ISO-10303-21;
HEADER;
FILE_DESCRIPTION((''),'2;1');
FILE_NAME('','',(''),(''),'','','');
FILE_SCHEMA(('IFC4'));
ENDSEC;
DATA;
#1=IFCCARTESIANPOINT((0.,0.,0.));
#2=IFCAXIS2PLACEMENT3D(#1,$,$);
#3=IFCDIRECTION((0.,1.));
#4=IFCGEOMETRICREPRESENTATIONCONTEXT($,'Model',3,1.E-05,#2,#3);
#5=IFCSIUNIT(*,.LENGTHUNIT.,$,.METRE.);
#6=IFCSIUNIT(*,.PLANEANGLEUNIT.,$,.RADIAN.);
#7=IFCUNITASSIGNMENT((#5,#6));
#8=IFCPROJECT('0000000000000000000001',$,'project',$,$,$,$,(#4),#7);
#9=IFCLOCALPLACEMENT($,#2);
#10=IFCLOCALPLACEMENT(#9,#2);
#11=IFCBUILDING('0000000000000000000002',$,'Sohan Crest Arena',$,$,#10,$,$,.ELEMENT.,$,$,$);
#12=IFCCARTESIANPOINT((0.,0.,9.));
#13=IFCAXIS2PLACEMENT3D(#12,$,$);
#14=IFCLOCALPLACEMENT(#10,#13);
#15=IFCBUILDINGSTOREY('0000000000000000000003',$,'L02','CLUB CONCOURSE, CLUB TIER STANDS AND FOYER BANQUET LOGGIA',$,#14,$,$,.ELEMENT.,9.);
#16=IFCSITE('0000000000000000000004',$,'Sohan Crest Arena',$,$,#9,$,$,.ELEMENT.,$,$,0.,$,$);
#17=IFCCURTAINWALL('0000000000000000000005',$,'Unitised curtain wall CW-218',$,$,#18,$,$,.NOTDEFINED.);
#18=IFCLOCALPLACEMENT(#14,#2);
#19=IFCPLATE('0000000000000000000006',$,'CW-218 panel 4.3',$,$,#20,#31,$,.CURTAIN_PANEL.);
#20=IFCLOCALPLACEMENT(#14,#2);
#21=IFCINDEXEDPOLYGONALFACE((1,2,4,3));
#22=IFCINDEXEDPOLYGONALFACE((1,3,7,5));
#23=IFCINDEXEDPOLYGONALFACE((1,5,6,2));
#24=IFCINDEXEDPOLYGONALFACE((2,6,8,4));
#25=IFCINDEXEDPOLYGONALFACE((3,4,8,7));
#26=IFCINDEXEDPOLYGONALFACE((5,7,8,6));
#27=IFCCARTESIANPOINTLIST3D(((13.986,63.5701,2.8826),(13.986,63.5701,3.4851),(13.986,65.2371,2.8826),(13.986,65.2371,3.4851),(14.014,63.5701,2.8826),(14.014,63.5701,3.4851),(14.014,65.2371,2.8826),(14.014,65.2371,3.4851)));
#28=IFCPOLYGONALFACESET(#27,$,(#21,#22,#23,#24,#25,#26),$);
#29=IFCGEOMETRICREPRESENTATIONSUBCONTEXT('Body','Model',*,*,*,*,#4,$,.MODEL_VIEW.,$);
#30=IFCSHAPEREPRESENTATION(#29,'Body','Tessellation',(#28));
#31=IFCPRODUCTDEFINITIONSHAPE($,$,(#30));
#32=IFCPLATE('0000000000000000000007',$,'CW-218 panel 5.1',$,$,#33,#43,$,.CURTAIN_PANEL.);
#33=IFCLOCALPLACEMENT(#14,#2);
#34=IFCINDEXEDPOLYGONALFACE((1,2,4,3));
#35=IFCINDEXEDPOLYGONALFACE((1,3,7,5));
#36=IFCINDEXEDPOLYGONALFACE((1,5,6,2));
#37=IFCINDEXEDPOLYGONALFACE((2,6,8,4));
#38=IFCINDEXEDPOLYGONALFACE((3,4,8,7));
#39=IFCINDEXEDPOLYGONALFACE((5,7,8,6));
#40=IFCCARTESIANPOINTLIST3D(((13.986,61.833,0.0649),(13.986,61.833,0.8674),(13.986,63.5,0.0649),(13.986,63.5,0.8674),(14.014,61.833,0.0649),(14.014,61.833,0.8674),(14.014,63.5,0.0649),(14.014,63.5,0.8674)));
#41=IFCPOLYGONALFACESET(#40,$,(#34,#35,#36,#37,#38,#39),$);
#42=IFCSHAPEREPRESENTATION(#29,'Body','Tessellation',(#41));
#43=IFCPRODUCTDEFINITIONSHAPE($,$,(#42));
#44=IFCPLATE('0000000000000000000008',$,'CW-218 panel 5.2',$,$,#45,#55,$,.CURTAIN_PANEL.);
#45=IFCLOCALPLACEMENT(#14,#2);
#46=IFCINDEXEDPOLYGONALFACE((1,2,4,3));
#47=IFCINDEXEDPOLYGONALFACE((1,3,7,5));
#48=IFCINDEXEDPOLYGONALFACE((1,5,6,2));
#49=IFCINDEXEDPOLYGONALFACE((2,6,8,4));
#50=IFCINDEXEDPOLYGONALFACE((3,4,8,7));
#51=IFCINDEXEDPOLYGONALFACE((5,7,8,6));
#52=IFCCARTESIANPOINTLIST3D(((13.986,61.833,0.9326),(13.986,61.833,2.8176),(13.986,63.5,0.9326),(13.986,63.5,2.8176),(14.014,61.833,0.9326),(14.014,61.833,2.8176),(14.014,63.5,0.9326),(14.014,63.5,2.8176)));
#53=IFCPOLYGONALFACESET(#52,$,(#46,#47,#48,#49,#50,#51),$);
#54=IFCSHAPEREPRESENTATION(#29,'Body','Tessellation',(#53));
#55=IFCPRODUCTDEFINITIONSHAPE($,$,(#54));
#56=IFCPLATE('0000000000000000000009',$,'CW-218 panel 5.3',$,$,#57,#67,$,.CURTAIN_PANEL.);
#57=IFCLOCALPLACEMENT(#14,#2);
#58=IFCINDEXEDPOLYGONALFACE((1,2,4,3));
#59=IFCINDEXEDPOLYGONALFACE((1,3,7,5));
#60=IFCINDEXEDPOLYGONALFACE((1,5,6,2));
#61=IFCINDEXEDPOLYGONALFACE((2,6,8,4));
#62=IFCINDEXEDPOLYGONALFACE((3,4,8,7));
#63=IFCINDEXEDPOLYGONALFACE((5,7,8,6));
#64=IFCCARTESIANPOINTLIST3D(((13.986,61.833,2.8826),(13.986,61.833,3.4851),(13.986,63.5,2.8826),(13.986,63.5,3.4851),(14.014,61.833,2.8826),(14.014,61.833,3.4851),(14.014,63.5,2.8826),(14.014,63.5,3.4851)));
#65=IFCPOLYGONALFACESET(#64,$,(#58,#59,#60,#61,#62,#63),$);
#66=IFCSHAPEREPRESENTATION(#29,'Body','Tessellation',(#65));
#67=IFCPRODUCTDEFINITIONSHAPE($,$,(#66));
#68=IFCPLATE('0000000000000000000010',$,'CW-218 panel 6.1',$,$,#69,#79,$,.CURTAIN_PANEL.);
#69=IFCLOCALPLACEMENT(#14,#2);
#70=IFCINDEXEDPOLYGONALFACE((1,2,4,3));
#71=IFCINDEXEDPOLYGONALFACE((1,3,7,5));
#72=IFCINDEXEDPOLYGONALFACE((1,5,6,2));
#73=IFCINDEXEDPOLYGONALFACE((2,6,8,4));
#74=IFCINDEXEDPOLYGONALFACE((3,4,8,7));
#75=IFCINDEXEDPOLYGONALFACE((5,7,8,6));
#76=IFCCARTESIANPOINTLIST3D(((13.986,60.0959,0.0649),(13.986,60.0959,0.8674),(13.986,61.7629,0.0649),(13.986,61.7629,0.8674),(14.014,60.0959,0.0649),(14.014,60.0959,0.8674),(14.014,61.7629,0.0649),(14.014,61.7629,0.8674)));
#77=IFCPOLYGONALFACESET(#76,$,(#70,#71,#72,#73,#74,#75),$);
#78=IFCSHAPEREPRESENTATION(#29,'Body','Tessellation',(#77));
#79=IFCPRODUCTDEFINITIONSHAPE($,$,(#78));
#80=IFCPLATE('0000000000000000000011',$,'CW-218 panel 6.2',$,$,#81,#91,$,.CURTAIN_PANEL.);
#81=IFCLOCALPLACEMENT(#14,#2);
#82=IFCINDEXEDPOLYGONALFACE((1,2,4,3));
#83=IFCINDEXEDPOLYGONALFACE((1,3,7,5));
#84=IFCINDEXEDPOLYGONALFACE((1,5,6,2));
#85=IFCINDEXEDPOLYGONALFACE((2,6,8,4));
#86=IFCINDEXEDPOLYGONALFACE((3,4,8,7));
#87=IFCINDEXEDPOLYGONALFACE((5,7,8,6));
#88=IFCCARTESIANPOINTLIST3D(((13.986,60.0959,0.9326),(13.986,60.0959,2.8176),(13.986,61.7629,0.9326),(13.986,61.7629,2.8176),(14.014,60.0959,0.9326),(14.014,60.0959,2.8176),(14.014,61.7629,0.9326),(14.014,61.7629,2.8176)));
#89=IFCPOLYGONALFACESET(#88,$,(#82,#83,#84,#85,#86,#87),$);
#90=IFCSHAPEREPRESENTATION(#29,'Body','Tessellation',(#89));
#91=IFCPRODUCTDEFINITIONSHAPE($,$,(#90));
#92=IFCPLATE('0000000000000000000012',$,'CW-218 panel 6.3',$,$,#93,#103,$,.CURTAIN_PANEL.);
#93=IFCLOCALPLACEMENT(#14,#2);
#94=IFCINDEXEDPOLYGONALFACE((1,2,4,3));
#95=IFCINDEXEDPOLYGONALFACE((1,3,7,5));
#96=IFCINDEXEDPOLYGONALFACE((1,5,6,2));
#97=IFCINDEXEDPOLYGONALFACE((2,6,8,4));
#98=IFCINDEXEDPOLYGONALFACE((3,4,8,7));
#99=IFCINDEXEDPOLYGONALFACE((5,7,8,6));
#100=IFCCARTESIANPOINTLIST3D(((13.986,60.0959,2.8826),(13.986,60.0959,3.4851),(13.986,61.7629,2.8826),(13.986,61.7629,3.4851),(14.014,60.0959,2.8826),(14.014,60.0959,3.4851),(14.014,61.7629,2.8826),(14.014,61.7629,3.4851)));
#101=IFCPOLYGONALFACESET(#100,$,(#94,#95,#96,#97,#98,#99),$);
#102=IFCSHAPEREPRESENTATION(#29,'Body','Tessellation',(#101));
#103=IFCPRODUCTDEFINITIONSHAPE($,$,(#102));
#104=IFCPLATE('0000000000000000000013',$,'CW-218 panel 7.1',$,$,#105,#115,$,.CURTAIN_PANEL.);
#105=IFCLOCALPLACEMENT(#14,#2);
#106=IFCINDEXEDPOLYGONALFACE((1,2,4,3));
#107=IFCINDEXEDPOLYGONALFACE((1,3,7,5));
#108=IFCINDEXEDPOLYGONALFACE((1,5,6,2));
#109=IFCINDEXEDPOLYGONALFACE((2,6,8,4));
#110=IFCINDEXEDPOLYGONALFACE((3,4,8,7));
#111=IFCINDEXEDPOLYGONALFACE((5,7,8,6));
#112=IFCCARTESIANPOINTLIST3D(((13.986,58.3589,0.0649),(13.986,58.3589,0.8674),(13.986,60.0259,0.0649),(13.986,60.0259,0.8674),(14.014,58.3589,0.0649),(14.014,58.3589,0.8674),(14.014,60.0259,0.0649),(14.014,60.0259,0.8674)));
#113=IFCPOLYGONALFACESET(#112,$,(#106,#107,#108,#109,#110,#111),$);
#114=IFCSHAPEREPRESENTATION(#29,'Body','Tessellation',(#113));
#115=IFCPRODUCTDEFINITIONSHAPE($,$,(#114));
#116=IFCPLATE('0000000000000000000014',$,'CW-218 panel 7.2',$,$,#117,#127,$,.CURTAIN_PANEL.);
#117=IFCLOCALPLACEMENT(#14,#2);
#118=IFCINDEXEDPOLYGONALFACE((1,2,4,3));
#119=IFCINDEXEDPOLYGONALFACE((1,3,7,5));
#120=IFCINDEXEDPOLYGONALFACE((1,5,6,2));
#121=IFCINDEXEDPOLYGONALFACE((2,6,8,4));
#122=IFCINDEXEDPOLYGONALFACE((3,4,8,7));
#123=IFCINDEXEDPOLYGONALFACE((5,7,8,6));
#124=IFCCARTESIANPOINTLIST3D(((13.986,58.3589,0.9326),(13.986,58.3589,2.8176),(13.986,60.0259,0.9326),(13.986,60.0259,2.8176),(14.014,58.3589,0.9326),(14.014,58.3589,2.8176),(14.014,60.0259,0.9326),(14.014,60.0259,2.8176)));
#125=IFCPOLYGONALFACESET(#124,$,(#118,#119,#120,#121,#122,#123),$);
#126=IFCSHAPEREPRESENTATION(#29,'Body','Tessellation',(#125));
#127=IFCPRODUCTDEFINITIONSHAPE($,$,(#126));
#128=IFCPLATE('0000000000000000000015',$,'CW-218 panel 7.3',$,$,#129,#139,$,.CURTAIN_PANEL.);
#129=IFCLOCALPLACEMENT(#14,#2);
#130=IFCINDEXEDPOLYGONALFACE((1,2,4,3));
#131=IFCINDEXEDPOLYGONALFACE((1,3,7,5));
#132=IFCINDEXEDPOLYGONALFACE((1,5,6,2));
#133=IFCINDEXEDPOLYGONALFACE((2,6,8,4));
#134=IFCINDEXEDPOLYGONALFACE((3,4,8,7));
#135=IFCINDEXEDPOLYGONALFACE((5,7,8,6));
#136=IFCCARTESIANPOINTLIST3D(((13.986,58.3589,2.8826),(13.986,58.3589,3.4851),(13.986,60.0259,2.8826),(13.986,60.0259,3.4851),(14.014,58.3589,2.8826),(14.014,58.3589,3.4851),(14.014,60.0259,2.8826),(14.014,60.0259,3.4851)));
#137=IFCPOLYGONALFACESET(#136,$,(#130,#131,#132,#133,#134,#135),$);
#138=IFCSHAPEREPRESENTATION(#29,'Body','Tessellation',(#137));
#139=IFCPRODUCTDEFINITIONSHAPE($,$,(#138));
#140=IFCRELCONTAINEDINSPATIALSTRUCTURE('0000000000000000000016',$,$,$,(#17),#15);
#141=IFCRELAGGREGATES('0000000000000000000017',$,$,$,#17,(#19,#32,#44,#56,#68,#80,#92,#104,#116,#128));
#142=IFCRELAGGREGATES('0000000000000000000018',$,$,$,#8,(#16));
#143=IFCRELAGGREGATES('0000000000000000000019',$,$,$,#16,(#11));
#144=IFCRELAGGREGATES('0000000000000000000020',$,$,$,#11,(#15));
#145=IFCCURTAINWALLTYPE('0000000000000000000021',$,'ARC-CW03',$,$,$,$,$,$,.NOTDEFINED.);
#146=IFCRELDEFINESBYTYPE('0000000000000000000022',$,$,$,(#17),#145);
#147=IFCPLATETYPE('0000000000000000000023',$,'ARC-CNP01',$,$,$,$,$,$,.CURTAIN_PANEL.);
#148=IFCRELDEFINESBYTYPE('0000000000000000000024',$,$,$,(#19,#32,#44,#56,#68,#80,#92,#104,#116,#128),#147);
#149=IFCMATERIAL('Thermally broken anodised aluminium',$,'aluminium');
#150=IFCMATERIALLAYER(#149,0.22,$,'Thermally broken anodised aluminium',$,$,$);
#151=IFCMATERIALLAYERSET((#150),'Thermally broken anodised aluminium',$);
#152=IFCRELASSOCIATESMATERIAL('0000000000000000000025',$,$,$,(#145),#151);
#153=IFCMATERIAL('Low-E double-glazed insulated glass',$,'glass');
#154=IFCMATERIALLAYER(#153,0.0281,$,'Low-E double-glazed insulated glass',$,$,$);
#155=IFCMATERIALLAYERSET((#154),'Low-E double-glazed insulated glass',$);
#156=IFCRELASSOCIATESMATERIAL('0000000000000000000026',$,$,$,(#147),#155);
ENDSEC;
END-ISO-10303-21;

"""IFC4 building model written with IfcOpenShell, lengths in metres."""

from ifc_helpers import new_model, si_unit, direction, frame, origin, origin_2d, place, context, subcontext, project, spatial, rectangle, extrude, material, layer, layer_set, type_object, element, aggregate, save


model = new_model("IFC4")

# Units and contexts
model_context = context("Model", 3, precision=1e-05, world=origin(), true_north=direction((0.0, 1.0)))
body_context = subcontext(model_context, "Body", "Model", "MODEL_VIEW")
ifc_project = project(units=[si_unit("LENGTHUNIT", "METRE"), si_unit("PLANEANGLEUNIT", "RADIAN")], contexts=[model_context])

# Site, building, storey
site_placement = place(None, origin())
site = spatial("IfcSite", under=ifc_project, at=site_placement, Name="Sohan Crest Arena", CompositionType="ELEMENT", RefElevation=0.0)
building_placement = place(site_placement, origin())
building = spatial("IfcBuilding", under=site, at=building_placement, Name="Sohan Crest Arena", CompositionType="ELEMENT")
storey_placement = place(building_placement, frame((0.0, 0.0, 9.0)))
storey = spatial("IfcBuildingStorey", under=building, at=storey_placement, Name="L02", Description="CLUB CONCOURSE, CLUB TIER STANDS AND FOYER BANQUET LOGGIA", CompositionType="ELEMENT", Elevation=9.0)

# Curtain wall
ifc_material_1 = material(Name="Thermally broken anodised aluminium", Category="aluminium")
ifc_layer_1 = layer(ifc_material_1, 0.22, Name="Thermally broken anodised aluminium")
ifc_layer_set_1 = layer_set([ifc_layer_1], Name="Thermally broken anodised aluminium")
curtain_wall_type = type_object("IfcCurtainWallType", Name="ARC-CW03", PredefinedType="NOTDEFINED", material=ifc_layer_set_1)
curtain_wall_placement = place(storey_placement, origin())
curtain_wall = element("IfcCurtainWall", 1, at=curtain_wall_placement, inside=storey, type_object=curtain_wall_type, Name="Unitised curtain wall CW-218", PredefinedType="NOTDEFINED")

# Plates
ifc_material_2 = material(Name="Low-E double-glazed insulated glass", Category="glass")
ifc_layer_2 = layer(ifc_material_2, 0.0281, Name="Low-E double-glazed insulated glass")
ifc_layer_set_2 = layer_set([ifc_layer_2], Name="Low-E double-glazed insulated glass")
plate_type = type_object("IfcPlateType", Name="ARC-CNP01", PredefinedType="CURTAIN_PANEL", material=ifc_layer_set_2)
plate_1_placement = place(storey_placement, frame((14.0, 64.4036, 2.8826), z_axis=(0.0, 0.0, 1.0), x_axis=(0.0, -1.0, 0.0)))
plate_1 = element("IfcPlate", 2, at=plate_1_placement, type_object=plate_type, Name="CW-218 panel 4.3", PredefinedType="CURTAIN_PANEL", context=body_context, shape_type="SweptSolid", body=[
    extrude(rectangle(XDim=1.667, YDim=0.0281, at=origin_2d()), origin(), (0.0, 0.0, 1.0), 0.6025),
])
plate_2_placement = place(storey_placement, frame((14.0, 62.6665, 0.0649), z_axis=(0.0, 0.0, 1.0), x_axis=(0.0, -1.0, 0.0)))
plate_2 = element("IfcPlate", 3, at=plate_2_placement, type_object=plate_type, Name="CW-218 panel 5.1", PredefinedType="CURTAIN_PANEL", context=body_context, shape_type="SweptSolid", body=[
    extrude(rectangle(XDim=1.667, YDim=0.0281, at=origin_2d()), origin(), (0.0, 0.0, 1.0), 0.8025),
])
plate_3_placement = place(storey_placement, frame((14.0, 62.6665, 0.9326), z_axis=(0.0, 0.0, 1.0), x_axis=(0.0, -1.0, 0.0)))
plate_3 = element("IfcPlate", 4, at=plate_3_placement, type_object=plate_type, Name="CW-218 panel 5.2", PredefinedType="CURTAIN_PANEL", context=body_context, shape_type="SweptSolid", body=[
    extrude(rectangle(XDim=1.667, YDim=0.0281, at=origin_2d()), origin(), (0.0, 0.0, 1.0), 1.885),
])
plate_4_placement = place(storey_placement, frame((14.0, 62.6665, 2.8826), z_axis=(0.0, 0.0, 1.0), x_axis=(0.0, -1.0, 0.0)))
plate_4 = element("IfcPlate", 5, at=plate_4_placement, type_object=plate_type, Name="CW-218 panel 5.3", PredefinedType="CURTAIN_PANEL", context=body_context, shape_type="SweptSolid", body=[
    extrude(rectangle(XDim=1.667, YDim=0.0281, at=origin_2d()), origin(), (0.0, 0.0, 1.0), 0.6025),
])
plate_5_placement = place(storey_placement, frame((14.0, 60.9294, 0.0649), z_axis=(0.0, 0.0, 1.0), x_axis=(0.0, -1.0, 0.0)))
plate_5 = element("IfcPlate", 6, at=plate_5_placement, type_object=plate_type, Name="CW-218 panel 6.1", PredefinedType="CURTAIN_PANEL", context=body_context, shape_type="SweptSolid", body=[
    extrude(rectangle(XDim=1.667, YDim=0.0281, at=origin_2d()), origin(), (0.0, 0.0, 1.0), 0.8025),
])
plate_6_placement = place(storey_placement, frame((14.0, 60.9294, 0.9326), z_axis=(0.0, 0.0, 1.0), x_axis=(0.0, -1.0, 0.0)))
plate_6 = element("IfcPlate", 7, at=plate_6_placement, type_object=plate_type, Name="CW-218 panel 6.2", PredefinedType="CURTAIN_PANEL", context=body_context, shape_type="SweptSolid", body=[
    extrude(rectangle(XDim=1.667, YDim=0.0281, at=origin_2d()), origin(), (0.0, 0.0, 1.0), 1.885),
])
plate_7_placement = place(storey_placement, frame((14.0, 60.9294, 2.8826), z_axis=(0.0, 0.0, 1.0), x_axis=(0.0, -1.0, 0.0)))
plate_7 = element("IfcPlate", 8, at=plate_7_placement, type_object=plate_type, Name="CW-218 panel 6.3", PredefinedType="CURTAIN_PANEL", context=body_context, shape_type="SweptSolid", body=[
    extrude(rectangle(XDim=1.667, YDim=0.0281, at=origin_2d()), origin(), (0.0, 0.0, 1.0), 0.6025),
])
plate_8_placement = place(storey_placement, frame((14.0, 59.1924, 0.0649), z_axis=(0.0, 0.0, 1.0), x_axis=(0.0, -1.0, 0.0)))
plate_8 = element("IfcPlate", 9, at=plate_8_placement, type_object=plate_type, Name="CW-218 panel 7.1", PredefinedType="CURTAIN_PANEL", context=body_context, shape_type="SweptSolid", body=[
    extrude(rectangle(XDim=1.667, YDim=0.0281, at=origin_2d()), origin(), (0.0, 0.0, 1.0), 0.8025),
])
plate_9_placement = place(storey_placement, frame((14.0, 59.1924, 0.9326), z_axis=(0.0, 0.0, 1.0), x_axis=(0.0, -1.0, 0.0)))
plate_9 = element("IfcPlate", 10, at=plate_9_placement, type_object=plate_type, Name="CW-218 panel 7.2", PredefinedType="CURTAIN_PANEL", context=body_context, shape_type="SweptSolid", body=[
    extrude(rectangle(XDim=1.667, YDim=0.0281, at=origin_2d()), origin(), (0.0, 0.0, 1.0), 1.885),
])
plate_10_placement = place(storey_placement, frame((14.0, 59.1924, 2.8826), z_axis=(0.0, 0.0, 1.0), x_axis=(0.0, -1.0, 0.0)))
plate_10 = element("IfcPlate", 11, at=plate_10_placement, type_object=plate_type, Name="CW-218 panel 7.3", PredefinedType="CURTAIN_PANEL", context=body_context, shape_type="SweptSolid", body=[
    extrude(rectangle(XDim=1.667, YDim=0.0281, at=origin_2d()), origin(), (0.0, 0.0, 1.0), 0.6025),
])
aggregate(curtain_wall, [plate_1, plate_2, plate_3, plate_4, plate_5, plate_6, plate_7, plate_8, plate_9, plate_10])

save(model, "model.ifc")
